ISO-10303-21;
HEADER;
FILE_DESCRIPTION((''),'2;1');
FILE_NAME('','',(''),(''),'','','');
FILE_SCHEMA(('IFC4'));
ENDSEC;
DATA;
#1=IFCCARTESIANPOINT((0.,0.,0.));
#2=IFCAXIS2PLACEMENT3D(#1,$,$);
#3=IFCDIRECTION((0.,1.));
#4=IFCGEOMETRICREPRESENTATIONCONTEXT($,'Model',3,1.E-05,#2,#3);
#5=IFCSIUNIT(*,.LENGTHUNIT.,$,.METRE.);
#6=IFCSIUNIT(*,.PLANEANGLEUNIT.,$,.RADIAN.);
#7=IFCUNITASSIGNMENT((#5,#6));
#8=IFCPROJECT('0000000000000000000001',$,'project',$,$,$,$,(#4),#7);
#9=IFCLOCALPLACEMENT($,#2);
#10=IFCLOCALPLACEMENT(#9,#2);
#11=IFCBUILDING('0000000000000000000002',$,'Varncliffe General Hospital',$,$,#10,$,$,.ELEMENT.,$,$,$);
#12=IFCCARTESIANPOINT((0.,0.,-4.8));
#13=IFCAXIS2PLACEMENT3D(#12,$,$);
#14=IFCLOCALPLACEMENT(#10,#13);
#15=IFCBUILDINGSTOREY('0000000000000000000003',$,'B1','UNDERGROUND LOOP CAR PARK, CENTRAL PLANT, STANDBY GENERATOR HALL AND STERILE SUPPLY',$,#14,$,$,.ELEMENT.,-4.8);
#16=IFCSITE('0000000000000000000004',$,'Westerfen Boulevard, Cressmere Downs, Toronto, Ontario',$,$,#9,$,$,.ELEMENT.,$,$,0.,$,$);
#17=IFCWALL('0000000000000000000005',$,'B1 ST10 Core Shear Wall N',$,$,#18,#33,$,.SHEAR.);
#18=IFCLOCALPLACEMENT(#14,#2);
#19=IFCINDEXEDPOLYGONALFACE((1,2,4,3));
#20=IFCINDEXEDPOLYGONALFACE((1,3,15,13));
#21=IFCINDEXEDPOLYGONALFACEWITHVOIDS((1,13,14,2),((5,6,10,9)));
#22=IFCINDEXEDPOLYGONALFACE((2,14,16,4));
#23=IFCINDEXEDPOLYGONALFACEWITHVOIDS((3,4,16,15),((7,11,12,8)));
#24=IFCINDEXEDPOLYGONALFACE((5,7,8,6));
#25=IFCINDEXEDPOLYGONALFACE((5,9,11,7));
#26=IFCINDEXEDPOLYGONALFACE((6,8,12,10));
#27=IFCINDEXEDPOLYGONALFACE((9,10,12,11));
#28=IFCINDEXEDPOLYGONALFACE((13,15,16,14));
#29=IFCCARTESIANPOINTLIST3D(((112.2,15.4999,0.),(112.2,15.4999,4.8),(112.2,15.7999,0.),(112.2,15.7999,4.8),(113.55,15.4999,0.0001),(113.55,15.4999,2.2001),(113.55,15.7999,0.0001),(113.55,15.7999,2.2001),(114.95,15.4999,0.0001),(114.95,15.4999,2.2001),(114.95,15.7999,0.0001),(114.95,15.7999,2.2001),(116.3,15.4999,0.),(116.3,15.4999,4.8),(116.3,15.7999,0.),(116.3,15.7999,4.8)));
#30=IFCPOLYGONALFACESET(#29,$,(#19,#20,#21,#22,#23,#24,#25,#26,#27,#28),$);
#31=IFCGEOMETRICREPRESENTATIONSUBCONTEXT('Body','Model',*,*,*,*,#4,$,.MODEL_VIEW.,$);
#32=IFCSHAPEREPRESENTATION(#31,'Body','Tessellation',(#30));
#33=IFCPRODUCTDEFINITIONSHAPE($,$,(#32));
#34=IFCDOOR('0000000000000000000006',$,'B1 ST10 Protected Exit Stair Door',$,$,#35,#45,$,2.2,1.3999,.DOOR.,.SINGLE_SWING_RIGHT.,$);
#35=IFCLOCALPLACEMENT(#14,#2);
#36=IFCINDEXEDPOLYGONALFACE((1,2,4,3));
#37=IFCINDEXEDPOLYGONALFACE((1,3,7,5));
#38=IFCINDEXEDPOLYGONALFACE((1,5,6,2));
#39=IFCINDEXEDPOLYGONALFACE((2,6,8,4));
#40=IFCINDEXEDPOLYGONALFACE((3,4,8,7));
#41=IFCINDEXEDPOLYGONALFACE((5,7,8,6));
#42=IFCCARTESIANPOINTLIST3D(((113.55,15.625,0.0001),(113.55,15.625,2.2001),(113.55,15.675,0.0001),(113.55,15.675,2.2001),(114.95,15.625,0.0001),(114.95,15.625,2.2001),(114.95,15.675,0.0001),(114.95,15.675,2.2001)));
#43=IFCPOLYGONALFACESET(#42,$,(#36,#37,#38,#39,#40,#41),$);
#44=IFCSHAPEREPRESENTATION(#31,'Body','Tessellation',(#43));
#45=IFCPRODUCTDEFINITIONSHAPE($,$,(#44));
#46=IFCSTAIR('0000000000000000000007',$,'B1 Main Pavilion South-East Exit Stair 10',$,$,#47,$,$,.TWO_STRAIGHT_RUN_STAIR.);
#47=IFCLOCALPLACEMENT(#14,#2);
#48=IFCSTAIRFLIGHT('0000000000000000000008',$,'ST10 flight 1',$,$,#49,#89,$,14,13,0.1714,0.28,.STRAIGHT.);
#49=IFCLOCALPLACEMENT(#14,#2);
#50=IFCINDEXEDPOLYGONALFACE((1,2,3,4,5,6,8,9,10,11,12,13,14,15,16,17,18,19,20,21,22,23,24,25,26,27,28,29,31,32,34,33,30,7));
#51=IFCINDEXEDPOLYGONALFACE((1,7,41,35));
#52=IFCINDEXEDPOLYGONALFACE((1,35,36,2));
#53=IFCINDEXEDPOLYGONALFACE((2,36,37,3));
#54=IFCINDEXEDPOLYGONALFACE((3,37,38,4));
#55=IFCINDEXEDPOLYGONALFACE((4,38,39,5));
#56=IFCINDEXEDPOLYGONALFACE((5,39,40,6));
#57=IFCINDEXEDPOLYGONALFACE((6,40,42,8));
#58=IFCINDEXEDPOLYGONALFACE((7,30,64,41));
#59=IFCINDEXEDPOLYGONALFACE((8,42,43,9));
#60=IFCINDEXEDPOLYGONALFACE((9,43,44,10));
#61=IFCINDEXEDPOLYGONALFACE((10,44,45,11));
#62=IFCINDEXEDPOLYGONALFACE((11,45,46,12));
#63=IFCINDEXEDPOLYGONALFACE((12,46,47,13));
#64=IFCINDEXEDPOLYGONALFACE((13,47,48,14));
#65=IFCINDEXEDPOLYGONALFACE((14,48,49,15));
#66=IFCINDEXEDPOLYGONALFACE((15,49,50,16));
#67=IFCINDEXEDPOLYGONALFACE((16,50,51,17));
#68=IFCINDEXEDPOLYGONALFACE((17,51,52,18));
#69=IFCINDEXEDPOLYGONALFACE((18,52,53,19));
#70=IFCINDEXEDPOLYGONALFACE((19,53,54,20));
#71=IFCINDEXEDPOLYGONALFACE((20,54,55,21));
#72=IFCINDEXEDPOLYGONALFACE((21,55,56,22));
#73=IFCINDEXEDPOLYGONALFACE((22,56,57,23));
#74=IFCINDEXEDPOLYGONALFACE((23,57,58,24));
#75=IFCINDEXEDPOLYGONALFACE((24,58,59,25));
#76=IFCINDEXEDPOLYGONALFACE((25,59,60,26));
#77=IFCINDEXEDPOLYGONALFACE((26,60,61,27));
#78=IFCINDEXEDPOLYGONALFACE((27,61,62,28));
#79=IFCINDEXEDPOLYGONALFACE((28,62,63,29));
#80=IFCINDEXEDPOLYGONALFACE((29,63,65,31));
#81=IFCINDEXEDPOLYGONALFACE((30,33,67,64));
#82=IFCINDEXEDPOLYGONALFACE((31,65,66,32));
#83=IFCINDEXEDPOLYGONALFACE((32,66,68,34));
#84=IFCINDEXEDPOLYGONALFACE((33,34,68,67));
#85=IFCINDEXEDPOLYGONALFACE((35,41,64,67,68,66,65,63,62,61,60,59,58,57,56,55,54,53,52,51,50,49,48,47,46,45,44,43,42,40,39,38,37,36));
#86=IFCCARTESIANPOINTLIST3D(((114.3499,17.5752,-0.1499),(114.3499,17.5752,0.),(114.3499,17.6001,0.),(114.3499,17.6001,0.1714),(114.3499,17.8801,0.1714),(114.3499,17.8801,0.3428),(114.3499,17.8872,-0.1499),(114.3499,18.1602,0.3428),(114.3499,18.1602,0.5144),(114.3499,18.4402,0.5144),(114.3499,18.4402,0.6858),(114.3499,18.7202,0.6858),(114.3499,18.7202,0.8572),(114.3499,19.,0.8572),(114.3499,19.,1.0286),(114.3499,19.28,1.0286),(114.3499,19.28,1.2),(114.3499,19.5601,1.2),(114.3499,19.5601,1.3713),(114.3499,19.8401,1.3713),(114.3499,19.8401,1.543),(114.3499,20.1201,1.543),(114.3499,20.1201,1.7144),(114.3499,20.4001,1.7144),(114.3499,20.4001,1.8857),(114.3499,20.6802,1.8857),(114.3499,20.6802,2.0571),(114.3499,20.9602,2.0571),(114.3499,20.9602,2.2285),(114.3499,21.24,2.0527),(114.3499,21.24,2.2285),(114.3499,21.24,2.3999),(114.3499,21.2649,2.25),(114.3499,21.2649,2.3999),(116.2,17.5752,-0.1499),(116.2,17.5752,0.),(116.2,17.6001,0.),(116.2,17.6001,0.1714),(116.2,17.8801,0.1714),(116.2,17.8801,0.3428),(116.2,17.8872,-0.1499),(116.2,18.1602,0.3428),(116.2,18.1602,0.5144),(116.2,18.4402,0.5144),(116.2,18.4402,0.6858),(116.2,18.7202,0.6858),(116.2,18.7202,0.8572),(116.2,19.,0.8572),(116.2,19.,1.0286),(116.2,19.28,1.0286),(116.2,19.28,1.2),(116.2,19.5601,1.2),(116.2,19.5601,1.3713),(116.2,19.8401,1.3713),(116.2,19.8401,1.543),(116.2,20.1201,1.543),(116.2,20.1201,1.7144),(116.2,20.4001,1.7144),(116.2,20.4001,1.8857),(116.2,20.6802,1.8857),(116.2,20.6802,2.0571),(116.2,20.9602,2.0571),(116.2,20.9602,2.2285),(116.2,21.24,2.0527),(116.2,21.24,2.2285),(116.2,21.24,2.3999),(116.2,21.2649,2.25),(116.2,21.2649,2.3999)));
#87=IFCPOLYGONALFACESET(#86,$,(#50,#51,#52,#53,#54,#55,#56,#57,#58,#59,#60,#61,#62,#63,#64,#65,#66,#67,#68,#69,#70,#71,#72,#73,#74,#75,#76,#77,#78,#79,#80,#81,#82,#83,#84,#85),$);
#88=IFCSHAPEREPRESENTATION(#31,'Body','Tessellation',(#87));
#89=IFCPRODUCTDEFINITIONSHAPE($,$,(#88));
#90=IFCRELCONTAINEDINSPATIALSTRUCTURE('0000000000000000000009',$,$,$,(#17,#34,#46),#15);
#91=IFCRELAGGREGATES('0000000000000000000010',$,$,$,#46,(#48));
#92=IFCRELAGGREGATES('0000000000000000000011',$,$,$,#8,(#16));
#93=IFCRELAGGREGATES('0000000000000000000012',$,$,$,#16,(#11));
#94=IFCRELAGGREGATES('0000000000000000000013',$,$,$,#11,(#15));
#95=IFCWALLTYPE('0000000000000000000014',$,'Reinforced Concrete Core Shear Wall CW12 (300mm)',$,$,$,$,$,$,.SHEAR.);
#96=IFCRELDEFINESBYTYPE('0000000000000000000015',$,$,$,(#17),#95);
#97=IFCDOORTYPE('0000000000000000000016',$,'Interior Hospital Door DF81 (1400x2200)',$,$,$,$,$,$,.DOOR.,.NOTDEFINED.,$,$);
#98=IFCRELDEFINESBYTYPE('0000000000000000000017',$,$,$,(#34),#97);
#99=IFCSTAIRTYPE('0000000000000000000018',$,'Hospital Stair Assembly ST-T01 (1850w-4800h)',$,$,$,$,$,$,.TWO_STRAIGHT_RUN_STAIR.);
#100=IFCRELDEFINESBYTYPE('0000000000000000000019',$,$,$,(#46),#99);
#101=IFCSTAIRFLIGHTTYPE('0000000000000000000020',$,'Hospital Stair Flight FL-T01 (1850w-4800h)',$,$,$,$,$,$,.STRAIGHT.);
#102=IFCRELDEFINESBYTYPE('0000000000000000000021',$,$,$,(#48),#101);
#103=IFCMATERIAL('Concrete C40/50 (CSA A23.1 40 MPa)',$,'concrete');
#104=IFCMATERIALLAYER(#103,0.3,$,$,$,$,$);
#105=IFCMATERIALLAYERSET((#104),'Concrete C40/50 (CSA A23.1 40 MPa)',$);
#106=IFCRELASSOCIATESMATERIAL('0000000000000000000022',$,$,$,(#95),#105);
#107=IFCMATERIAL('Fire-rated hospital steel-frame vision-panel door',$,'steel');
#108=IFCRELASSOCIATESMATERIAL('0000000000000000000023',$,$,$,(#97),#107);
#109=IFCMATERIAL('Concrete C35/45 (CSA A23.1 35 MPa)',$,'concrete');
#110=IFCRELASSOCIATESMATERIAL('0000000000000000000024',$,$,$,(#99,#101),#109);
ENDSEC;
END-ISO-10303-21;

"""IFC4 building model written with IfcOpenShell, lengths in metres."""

from ifc_helpers import new_model, si_unit, direction, frame, frame_2d, origin, place, context, subcontext, project, spatial, polyline, rectangle, outline, extrude, material, layer, layer_set, type_object, element, fill, aggregate, save


model = new_model("IFC4")

# Units and contexts
model_context = context("Model", 3, precision=1e-05, world=origin(), true_north=direction((0.0, 1.0)))
body_context = subcontext(model_context, "Body", "Model", "MODEL_VIEW")
ifc_project = project(units=[si_unit("LENGTHUNIT", "METRE"), si_unit("PLANEANGLEUNIT", "RADIAN")], contexts=[model_context])

# Site, building, storey
site_placement = place(None, origin())
site = spatial("IfcSite", under=ifc_project, at=site_placement, Name="Westerfen Boulevard, Cressmere Downs, Toronto, Ontario", CompositionType="ELEMENT", RefElevation=0.0)
building_placement = place(site_placement, origin())
building = spatial("IfcBuilding", under=site, at=building_placement, Name="Varncliffe General Hospital", CompositionType="ELEMENT")
storey_placement = place(building_placement, frame((0.0, 0.0, -4.8)))
storey = spatial("IfcBuildingStorey", under=building, at=storey_placement, Name="B1", Description="UNDERGROUND LOOP CAR PARK, CENTRAL PLANT, STANDBY GENERATOR HALL AND STERILE SUPPLY", CompositionType="ELEMENT", Elevation=-4.8)

# Shared definitions
ifc_material_1 = material(Name="Concrete C40/50 (CSA A23.1 40 MPa)", Category="concrete")

# Shared definitions
ifc_material_2 = material(Name="Concrete C35/45 (CSA A23.1 35 MPa)", Category="concrete")

# Shared definitions
ifc_layer_1 = layer(ifc_material_1, 0.3)
ifc_layer_set_1 = layer_set([ifc_layer_1], Name="Concrete C40/50 (CSA A23.1 40 MPa)")
wall_type_1 = type_object("IfcWallType", Name="Reinforced Concrete Core Shear Wall CW12 (300mm)", PredefinedType="SHEAR", material=ifc_layer_set_1)

# Wall, opening, door
wall_1_placement = place(storey_placement, frame((112.2, 15.6499, 0.0), z_axis=(0.0, 0.0, 1.0), x_axis=(1.0, 0.0, 0.0)))
wall_1 = element("IfcWall", 1, at=wall_1_placement, inside=storey, type_object=wall_type_1, Name="B1 ST10 Core Shear Wall N", PredefinedType="SHEAR", context=body_context, shape_type="SweptSolid", body=[
    extrude(rectangle(XDim=4.1001, YDim=0.3, at=frame_2d((2.05, 0.0))), origin(), (0.0, 0.0, 1.0), 4.8),
])
opening_placement = place(wall_1_placement, frame((1.3501, 0.0, 0.0)))
opening = element("IfcOpeningElement", 2, at=opening_placement, cuts=wall_1, PredefinedType="OPENING", context=body_context, shape_type="SweptSolid", body=[
    extrude(rectangle(XDim=1.3999, YDim=2.2, at=frame_2d((0.7, 1.1001))), frame((0.0, 0.1602, 0.0), z_axis=(0.0, -1.0, 0.0), x_axis=(1.0, 0.0, 0.0)), (0.0, 0.0, 1.0), 0.3201),
])
ifc_material_3 = material(Name="Fire-rated hospital steel-frame vision-panel door", Category="steel")
door_type = type_object("IfcDoorType", Name="Interior Hospital Door DF81 (1400x2200)", OperationType="NOTDEFINED", PredefinedType="DOOR", material=ifc_material_3)
door_placement = place(opening_placement, frame((1.3999, 0.0, 0.0), z_axis=(0.0, 0.0, 1.0), x_axis=(-1.0, 0.0, 0.0)))
door = element("IfcDoor", 3, at=door_placement, inside=storey, type_object=door_type, Name="B1 ST10 Protected Exit Stair Door", OperationType="SINGLE_SWING_RIGHT", OverallHeight=2.2, OverallWidth=1.3999, PredefinedType="DOOR", context=body_context, shape_type="SweptSolid", body=[
    extrude(rectangle(XDim=1.3999, YDim=2.2, at=frame_2d((0.7, 1.1001))), frame((0.0, 0.0249, 0.0), z_axis=(0.0, -1.0, 0.0), x_axis=(1.0, 0.0, 0.0)), (0.0, 0.0, 1.0), 0.05),
])
fill(opening, door)

# Stair, stair flight
stair_type = type_object("IfcStairType", Name="Hospital Stair Assembly ST-T01 (1850w-4800h)", PredefinedType="TWO_STRAIGHT_RUN_STAIR", material=ifc_material_2)
stair_placement = place(storey_placement, origin())
stair = element("IfcStair", 4, at=stair_placement, inside=storey, type_object=stair_type, Name="B1 Main Pavilion South-East Exit Stair 10", PredefinedType="TWO_STRAIGHT_RUN_STAIR")
stair_flight_type = type_object("IfcStairFlightType", Name="Hospital Stair Flight FL-T01 (1850w-4800h)", PredefinedType="STRAIGHT", material=ifc_material_2)
stair_flight_placement = place(storey_placement, frame((115.2749, 17.6001, 0.0), z_axis=(0.0, 0.0, 1.0), x_axis=(0.0, 1.0, 0.0)))
stair_flight = element("IfcStairFlight", 5, at=stair_flight_placement, type_object=stair_flight_type, Name="ST10 flight 1", NumberOfRisers=14, NumberOfTreads=13, PredefinedType="STRAIGHT", RiserHeight=0.1714, TreadLength=0.28, context=body_context, shape_type="SweptSolid", body=[
    extrude(outline(polyline([(-0.0249, -0.1499), (-0.0249, 0.0), (0.0, 0.0), (0.0, 0.1714), (0.28, 0.1714), (0.28, 0.3428), (0.5601, 0.3428), (0.5601, 0.5144), (0.8401, 0.5144), (0.8401, 0.6858), (1.1201, 0.6858), (1.1201, 0.8572), (1.3999, 0.8572), (1.3999, 1.0286), (1.6799, 1.0286), (1.6799, 1.2), (1.96, 1.2), (1.96, 1.3713), (2.24, 1.3713), (2.24, 1.543), (2.52, 1.543), (2.52, 1.7144), (2.8, 1.7144), (2.8, 1.8857), (3.0801, 1.8857), (3.0801, 2.0571), (3.3601, 2.0571), (3.3601, 2.2285), (3.6399, 2.2285), (3.6399, 2.3999), (3.6648, 2.3999), (3.6648, 2.25), (3.6399, 2.0527), (0.2871, -0.1499), (-0.0249, -0.1499)])), frame((0.0, 0.925, 0.0), z_axis=(0.0, -1.0, 0.0), x_axis=(1.0, 0.0, 0.0)), (0.0, 0.0, 1.0), 1.8501),
])
aggregate(stair, [stair_flight])

save(model, "model.ifc")
